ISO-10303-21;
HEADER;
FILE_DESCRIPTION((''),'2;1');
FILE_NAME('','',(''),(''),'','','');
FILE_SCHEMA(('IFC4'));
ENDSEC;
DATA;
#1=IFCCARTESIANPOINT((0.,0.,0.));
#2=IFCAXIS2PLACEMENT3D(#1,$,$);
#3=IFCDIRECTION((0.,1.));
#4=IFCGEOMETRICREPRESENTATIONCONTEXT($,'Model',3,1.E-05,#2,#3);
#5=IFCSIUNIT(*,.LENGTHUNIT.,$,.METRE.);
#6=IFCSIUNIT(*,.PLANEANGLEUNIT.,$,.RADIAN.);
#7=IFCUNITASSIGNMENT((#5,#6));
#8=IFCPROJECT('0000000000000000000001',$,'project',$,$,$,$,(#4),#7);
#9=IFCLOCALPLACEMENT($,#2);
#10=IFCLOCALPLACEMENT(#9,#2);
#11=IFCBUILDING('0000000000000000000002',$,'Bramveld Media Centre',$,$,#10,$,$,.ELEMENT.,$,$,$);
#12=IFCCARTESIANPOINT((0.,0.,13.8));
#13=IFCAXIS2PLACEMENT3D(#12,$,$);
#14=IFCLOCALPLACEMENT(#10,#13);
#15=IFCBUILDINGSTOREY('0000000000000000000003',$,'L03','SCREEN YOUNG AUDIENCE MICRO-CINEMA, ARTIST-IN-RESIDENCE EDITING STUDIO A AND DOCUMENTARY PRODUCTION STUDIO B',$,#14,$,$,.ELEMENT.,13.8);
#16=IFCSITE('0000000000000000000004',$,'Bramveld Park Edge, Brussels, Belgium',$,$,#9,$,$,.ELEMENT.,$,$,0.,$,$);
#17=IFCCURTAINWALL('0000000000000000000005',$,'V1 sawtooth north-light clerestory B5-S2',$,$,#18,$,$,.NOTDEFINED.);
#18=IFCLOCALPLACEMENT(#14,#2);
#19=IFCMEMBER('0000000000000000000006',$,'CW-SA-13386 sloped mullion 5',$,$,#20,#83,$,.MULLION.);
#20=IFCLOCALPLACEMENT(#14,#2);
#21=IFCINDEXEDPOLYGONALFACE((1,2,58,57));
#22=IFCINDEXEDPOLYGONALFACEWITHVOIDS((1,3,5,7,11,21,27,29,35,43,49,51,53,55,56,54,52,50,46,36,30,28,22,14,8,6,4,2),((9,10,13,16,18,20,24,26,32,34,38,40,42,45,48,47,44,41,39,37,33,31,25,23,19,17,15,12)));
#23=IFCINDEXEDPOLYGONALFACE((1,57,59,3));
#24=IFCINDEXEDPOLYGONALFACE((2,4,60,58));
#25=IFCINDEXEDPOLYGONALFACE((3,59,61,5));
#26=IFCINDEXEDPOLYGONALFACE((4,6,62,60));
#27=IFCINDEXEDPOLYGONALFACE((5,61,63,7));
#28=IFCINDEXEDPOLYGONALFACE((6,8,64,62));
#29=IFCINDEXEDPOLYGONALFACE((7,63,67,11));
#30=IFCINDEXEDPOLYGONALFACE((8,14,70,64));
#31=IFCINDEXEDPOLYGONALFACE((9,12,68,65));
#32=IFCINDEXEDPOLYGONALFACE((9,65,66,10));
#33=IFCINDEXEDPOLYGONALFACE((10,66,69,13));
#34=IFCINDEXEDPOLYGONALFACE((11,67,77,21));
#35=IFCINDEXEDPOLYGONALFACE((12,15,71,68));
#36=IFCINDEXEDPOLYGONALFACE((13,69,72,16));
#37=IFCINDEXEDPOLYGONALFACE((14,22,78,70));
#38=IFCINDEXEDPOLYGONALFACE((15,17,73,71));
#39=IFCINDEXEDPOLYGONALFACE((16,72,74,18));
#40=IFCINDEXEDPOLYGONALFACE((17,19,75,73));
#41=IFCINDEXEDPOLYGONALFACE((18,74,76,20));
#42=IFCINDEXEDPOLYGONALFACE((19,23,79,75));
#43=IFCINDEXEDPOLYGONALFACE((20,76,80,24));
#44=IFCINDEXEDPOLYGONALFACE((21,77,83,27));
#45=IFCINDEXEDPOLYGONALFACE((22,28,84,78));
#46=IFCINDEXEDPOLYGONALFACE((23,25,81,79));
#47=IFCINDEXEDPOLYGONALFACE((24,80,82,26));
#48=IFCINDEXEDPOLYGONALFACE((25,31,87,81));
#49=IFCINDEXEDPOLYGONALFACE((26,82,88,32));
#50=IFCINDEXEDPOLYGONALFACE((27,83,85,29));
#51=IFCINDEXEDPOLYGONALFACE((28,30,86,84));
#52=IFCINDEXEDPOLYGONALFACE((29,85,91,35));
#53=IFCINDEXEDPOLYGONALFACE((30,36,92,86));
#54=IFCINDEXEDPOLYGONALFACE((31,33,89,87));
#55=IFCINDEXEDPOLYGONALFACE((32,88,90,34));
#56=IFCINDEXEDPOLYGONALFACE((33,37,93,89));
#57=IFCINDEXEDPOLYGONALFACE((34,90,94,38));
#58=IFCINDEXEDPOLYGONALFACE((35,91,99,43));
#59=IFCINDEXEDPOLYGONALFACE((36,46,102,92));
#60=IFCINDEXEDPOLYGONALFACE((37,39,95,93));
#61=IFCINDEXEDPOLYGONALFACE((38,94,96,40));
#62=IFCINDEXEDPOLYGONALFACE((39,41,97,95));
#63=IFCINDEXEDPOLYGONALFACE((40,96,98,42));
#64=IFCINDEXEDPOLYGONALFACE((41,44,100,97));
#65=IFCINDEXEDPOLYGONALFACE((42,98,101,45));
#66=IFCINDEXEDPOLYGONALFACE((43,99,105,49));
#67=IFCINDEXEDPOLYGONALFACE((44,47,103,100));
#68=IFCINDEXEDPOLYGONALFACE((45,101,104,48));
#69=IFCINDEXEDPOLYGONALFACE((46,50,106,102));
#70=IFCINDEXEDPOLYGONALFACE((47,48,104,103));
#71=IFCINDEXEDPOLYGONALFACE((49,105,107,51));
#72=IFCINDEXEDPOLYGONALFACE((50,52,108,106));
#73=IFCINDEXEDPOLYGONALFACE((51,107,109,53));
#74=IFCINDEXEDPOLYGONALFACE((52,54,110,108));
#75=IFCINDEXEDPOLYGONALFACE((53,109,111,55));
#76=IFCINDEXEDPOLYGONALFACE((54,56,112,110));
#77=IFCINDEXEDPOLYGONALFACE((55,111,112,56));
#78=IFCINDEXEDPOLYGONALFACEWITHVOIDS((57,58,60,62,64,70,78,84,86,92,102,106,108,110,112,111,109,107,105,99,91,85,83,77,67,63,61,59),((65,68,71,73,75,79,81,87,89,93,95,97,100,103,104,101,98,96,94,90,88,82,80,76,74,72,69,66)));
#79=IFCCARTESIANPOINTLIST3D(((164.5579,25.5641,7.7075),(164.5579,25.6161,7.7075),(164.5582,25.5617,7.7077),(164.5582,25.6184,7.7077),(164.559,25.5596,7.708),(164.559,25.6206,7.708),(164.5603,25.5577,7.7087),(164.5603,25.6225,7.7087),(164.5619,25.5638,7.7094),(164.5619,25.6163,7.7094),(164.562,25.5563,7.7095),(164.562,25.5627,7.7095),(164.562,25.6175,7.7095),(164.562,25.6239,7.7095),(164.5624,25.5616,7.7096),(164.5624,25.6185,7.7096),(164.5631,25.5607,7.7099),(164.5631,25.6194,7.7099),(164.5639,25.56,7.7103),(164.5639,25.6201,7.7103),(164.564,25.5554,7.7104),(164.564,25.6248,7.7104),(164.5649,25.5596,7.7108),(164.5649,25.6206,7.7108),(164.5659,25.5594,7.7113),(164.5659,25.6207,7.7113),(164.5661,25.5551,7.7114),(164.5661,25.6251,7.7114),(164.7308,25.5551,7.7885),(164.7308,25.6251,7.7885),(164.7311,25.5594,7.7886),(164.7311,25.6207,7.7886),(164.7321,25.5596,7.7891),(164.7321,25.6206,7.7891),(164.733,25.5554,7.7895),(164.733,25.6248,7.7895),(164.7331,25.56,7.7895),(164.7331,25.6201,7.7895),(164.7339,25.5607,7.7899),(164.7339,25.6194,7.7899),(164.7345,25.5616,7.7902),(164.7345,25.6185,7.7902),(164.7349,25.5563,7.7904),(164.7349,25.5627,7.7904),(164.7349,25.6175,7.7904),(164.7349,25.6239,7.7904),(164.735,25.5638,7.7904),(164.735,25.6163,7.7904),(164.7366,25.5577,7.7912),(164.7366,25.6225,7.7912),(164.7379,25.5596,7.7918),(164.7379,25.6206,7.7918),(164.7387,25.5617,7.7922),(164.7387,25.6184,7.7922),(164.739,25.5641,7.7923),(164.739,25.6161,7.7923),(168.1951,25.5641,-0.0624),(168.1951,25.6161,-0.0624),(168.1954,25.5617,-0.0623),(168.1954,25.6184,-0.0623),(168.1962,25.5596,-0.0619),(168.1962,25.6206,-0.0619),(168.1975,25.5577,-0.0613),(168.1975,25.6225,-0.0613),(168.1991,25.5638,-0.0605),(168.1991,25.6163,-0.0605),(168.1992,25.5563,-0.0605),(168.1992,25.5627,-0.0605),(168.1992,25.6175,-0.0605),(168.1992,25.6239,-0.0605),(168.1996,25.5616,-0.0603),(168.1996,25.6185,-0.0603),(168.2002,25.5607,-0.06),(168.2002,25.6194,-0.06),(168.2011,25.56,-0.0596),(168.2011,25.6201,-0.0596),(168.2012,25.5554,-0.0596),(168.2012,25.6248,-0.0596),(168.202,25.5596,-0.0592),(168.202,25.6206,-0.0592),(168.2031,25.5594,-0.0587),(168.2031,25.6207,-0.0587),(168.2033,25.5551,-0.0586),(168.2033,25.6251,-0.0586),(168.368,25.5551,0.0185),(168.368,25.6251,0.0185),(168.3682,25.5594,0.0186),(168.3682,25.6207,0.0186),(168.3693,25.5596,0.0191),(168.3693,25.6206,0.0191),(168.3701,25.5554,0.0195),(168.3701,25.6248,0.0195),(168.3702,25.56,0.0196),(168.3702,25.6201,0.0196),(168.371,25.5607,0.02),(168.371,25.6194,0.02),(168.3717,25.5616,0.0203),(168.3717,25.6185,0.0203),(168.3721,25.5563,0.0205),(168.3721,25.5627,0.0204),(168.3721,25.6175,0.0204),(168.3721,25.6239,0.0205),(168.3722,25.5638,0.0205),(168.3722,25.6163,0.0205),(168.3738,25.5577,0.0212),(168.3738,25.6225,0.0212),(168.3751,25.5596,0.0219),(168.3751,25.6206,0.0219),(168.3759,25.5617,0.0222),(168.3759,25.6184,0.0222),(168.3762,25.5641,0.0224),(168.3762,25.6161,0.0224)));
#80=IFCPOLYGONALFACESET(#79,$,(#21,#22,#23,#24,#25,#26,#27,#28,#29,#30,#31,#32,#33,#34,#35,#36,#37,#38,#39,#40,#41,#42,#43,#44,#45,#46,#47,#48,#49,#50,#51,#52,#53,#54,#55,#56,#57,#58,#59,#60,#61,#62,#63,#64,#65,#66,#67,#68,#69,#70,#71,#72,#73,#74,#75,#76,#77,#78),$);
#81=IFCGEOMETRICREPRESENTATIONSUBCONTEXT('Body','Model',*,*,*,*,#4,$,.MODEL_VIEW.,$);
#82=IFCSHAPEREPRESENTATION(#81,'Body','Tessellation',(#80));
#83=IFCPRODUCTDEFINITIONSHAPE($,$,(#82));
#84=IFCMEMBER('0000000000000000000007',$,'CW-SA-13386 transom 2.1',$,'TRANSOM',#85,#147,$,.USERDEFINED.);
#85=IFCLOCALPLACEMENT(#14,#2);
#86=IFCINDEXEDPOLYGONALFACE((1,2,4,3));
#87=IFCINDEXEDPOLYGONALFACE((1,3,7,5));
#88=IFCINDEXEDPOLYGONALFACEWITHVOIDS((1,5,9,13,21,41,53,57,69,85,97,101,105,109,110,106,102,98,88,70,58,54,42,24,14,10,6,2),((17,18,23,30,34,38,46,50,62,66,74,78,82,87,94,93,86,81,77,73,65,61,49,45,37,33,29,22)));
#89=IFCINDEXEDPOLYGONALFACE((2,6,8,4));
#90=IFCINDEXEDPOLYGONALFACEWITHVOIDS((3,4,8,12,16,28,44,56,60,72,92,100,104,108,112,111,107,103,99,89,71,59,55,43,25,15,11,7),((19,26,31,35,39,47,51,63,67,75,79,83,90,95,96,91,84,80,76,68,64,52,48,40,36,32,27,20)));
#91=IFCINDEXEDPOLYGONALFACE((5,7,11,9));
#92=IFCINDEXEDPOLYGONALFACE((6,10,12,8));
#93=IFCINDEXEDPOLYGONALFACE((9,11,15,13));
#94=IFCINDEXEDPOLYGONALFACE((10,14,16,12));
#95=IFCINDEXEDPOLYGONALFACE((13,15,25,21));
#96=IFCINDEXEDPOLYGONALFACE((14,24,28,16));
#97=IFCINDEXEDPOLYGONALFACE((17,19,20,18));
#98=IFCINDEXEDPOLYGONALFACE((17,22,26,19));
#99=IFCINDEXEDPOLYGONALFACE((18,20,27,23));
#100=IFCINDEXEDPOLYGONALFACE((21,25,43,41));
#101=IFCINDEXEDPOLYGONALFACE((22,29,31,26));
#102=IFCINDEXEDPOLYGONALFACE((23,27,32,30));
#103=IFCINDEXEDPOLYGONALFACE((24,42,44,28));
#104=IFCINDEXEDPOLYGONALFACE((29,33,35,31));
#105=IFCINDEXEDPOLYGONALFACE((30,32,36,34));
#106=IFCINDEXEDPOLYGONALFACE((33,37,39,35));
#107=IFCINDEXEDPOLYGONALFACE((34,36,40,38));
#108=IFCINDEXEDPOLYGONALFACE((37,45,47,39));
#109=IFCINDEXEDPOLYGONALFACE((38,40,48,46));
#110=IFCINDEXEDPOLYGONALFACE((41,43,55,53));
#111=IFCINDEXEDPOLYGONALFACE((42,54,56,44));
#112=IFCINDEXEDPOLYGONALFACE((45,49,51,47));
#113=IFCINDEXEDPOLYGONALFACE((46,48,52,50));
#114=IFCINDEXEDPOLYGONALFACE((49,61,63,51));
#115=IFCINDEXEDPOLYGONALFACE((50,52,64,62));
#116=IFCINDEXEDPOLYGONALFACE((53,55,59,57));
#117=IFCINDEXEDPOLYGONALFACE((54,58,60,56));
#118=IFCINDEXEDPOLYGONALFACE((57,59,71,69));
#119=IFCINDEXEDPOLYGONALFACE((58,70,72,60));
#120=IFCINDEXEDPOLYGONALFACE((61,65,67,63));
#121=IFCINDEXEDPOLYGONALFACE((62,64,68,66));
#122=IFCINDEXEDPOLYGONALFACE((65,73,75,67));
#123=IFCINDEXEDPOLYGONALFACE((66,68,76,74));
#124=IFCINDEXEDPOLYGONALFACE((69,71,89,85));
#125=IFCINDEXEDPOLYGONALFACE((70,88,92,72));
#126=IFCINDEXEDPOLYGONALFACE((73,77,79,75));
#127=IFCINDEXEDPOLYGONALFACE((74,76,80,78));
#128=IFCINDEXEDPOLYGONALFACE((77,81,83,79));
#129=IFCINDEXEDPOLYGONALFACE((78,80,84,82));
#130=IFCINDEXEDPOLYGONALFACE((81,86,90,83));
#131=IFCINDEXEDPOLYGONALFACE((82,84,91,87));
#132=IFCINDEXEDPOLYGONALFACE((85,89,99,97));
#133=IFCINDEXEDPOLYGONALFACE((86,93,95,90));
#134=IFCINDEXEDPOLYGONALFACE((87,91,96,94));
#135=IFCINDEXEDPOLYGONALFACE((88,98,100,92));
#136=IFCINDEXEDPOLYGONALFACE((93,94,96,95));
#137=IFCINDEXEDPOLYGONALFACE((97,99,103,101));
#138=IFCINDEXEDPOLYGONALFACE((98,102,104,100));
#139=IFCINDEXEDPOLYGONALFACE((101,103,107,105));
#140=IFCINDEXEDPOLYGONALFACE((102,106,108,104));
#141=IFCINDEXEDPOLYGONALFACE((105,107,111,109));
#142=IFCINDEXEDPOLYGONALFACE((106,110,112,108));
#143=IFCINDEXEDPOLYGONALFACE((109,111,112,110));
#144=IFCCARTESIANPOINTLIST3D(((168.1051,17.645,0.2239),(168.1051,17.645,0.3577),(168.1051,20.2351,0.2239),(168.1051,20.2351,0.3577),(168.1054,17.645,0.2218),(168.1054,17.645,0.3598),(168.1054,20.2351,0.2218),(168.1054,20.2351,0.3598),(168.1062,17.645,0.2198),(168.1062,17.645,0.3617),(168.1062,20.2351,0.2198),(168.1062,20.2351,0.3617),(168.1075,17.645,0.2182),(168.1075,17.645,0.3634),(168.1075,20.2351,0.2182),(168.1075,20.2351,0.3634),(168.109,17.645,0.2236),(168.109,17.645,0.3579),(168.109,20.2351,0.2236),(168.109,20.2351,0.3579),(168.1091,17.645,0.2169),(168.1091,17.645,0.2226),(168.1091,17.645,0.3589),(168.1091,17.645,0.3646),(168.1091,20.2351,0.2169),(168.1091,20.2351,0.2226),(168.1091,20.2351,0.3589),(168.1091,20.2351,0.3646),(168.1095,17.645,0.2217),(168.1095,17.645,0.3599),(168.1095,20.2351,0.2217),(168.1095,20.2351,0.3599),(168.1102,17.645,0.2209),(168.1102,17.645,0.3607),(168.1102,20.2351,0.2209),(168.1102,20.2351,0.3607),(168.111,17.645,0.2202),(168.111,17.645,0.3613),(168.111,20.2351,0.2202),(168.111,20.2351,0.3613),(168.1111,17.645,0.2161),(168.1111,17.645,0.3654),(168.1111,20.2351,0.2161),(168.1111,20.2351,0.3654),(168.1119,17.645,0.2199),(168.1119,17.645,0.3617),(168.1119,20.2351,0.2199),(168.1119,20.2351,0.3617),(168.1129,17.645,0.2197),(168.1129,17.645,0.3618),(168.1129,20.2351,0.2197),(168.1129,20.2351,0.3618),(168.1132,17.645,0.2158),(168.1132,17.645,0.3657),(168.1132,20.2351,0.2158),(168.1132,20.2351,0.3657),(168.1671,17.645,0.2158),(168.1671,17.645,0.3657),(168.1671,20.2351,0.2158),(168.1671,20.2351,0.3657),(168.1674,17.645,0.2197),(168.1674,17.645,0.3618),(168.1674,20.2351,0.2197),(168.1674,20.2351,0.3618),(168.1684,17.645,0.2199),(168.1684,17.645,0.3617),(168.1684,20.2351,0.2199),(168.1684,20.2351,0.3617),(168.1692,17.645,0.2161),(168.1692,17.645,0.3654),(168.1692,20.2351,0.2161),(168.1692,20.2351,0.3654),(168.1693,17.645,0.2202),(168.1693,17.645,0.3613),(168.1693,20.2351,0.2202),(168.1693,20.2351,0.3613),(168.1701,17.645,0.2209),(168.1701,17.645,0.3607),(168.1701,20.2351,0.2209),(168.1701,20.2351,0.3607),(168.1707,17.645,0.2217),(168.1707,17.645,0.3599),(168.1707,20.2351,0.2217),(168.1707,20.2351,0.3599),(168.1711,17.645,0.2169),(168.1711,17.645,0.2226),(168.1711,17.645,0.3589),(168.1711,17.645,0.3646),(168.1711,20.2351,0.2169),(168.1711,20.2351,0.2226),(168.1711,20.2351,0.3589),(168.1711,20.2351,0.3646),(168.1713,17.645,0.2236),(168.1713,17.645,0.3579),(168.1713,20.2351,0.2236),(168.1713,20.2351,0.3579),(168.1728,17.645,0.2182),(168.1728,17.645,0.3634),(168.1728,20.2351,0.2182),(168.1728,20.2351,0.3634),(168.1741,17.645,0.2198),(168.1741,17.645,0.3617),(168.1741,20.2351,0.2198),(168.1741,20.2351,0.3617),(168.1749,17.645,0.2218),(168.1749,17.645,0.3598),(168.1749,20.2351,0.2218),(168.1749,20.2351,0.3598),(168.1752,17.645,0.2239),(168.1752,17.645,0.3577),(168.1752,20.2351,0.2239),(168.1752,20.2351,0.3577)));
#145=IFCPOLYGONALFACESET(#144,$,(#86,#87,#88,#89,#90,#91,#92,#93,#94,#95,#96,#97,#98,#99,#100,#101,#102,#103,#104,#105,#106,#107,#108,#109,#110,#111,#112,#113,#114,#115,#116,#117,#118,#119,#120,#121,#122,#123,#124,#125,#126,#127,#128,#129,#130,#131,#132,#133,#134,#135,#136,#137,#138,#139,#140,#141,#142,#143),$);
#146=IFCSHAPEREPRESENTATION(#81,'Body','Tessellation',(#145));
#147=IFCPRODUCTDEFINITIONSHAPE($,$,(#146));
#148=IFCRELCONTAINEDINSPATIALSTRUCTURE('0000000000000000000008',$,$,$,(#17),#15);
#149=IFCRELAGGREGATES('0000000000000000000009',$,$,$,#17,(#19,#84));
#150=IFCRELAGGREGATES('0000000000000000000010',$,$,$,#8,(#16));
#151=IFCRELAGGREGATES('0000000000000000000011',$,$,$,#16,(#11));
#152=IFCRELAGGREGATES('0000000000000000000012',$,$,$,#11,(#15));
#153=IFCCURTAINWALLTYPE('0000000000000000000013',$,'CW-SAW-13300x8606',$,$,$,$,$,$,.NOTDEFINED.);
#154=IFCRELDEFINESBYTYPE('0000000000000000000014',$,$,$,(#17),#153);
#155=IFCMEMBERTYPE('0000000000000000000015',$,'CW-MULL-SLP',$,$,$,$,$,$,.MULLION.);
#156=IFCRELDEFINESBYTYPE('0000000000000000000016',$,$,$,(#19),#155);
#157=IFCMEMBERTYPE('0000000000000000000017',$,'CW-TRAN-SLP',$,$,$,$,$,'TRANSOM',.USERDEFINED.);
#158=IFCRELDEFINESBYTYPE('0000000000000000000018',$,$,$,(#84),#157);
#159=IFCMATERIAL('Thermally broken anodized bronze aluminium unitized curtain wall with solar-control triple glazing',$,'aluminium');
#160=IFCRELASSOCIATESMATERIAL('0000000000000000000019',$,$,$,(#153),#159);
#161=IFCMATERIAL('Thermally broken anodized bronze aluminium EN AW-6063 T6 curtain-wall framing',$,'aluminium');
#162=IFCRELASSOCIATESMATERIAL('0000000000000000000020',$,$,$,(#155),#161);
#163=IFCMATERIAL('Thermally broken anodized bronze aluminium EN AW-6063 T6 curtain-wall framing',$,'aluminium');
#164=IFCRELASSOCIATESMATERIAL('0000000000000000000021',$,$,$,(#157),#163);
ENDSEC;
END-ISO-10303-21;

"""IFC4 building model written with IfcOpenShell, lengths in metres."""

from ifc_helpers import new_model, si_unit, direction, frame, origin, origin_2d, place, context, subcontext, project, spatial, hollow_rectangle, extrude, material, material_profile, profile_set, type_object, element, aggregate, save


model = new_model("IFC4")

# Units and contexts
model_context = context("Model", 3, precision=1e-05, world=origin(), true_north=direction((0.0, 1.0)))
body_context = subcontext(model_context, "Body", "Model", "MODEL_VIEW")
ifc_project = project(units=[si_unit("LENGTHUNIT", "METRE"), si_unit("PLANEANGLEUNIT", "RADIAN")], contexts=[model_context])

# Site, building, storey
site_placement = place(None, origin())
site = spatial("IfcSite", under=ifc_project, at=site_placement, Name="Bramveld Park Edge, Brussels, Belgium", CompositionType="ELEMENT", RefElevation=0.0)
building_placement = place(site_placement, origin())
building = spatial("IfcBuilding", under=site, at=building_placement, Name="Bramveld Media Centre", CompositionType="ELEMENT")
storey_placement = place(building_placement, frame((0.0, 0.0, 13.8)))
storey = spatial("IfcBuildingStorey", under=building, at=storey_placement, Name="L03", Description="SCREEN YOUNG AUDIENCE MICRO-CINEMA, ARTIST-IN-RESIDENCE EDITING STUDIO A AND DOCUMENTARY PRODUCTION STUDIO B", CompositionType="ELEMENT", Elevation=13.8)

# Curtain wall, members
ifc_material_1 = material(Name="Thermally broken anodized bronze aluminium unitized curtain wall with solar-control triple glazing", Category="aluminium")
curtain_wall_type = type_object("IfcCurtainWallType", Name="CW-SAW-13300x8606", PredefinedType="NOTDEFINED", material=ifc_material_1)
curtain_wall_placement = place(storey_placement, origin())
curtain_wall = element("IfcCurtainWall", 1, at=curtain_wall_placement, inside=storey, type_object=curtain_wall_type, Name="V1 sawtooth north-light clerestory B5-S2", PredefinedType="NOTDEFINED")
ifc_material_2 = material(Name="Thermally broken anodized bronze aluminium EN AW-6063 T6 curtain-wall framing", Category="aluminium")
ifc_material_profile_1 = material_profile(ifc_material_2, hollow_rectangle(XDim=0.0701, YDim=0.2, WallThickness=0.0044, InnerFilletRadius=0.0044, OuterFilletRadius=0.009, at=origin_2d()), Name="AL-MULL 70x200")
ifc_profile_set_1 = profile_set([ifc_material_profile_1], Name="Thermally broken anodized bronze aluminium EN AW-6063 T6 curtain-wall framing")
member_type_1 = type_object("IfcMemberType", Name="CW-MULL-SLP", PredefinedType="MULLION", material=ifc_profile_set_1)
member_1_placement = place(storey_placement, frame((168.2856, 25.5901, -0.02), z_axis=(-0.423957, 0.0, 0.905682), x_axis=(0.0, -1.0, 0.0)))
member_1 = element("IfcMember", 2, at=member_1_placement, type_object=member_type_1, Name="CW-SA-13386 sloped mullion 5", PredefinedType="MULLION", context=body_context, shape_type="SweptSolid", body=[
    extrude(hollow_rectangle(XDim=0.0701, YDim=0.2, WallThickness=0.0044, InnerFilletRadius=0.0044, OuterFilletRadius=0.009, at=origin_2d()), origin(), (0.0, 0.0, 1.0), 8.5791),
])
ifc_material_3 = material(Name="Thermally broken anodized bronze aluminium EN AW-6063 T6 curtain-wall framing", Category="aluminium")
ifc_material_profile_2 = material_profile(ifc_material_3, hollow_rectangle(XDim=0.0701, YDim=0.1499, WallThickness=0.0039, InnerFilletRadius=0.0039, OuterFilletRadius=0.0081, at=origin_2d()), Name="AL-TRAN 70x150")
ifc_profile_set_2 = profile_set([ifc_material_profile_2], Name="Thermally broken anodized bronze aluminium EN AW-6063 T6 curtain-wall framing")
member_type_2 = type_object("IfcMemberType", Name="CW-TRAN-SLP", ElementType="TRANSOM", PredefinedType="USERDEFINED", material=ifc_profile_set_2)
member_2_placement = place(storey_placement, frame((168.1401, 17.645, 0.2908), z_axis=(0.0, 1.0, 0.0), x_axis=(-1.0, 0.0, 0.0)))
member_2 = element("IfcMember", 3, at=member_2_placement, type_object=member_type_2, Name="CW-SA-13386 transom 2.1", ObjectType="TRANSOM", PredefinedType="USERDEFINED", context=body_context, shape_type="SweptSolid", body=[
    extrude(hollow_rectangle(XDim=0.0701, YDim=0.1499, WallThickness=0.0039, InnerFilletRadius=0.0039, OuterFilletRadius=0.0081, at=origin_2d()), origin(), (0.0, 0.0, 1.0), 2.5901),
])

aggregate(curtain_wall, [member_1, member_2])

save(model, "model.ifc")
